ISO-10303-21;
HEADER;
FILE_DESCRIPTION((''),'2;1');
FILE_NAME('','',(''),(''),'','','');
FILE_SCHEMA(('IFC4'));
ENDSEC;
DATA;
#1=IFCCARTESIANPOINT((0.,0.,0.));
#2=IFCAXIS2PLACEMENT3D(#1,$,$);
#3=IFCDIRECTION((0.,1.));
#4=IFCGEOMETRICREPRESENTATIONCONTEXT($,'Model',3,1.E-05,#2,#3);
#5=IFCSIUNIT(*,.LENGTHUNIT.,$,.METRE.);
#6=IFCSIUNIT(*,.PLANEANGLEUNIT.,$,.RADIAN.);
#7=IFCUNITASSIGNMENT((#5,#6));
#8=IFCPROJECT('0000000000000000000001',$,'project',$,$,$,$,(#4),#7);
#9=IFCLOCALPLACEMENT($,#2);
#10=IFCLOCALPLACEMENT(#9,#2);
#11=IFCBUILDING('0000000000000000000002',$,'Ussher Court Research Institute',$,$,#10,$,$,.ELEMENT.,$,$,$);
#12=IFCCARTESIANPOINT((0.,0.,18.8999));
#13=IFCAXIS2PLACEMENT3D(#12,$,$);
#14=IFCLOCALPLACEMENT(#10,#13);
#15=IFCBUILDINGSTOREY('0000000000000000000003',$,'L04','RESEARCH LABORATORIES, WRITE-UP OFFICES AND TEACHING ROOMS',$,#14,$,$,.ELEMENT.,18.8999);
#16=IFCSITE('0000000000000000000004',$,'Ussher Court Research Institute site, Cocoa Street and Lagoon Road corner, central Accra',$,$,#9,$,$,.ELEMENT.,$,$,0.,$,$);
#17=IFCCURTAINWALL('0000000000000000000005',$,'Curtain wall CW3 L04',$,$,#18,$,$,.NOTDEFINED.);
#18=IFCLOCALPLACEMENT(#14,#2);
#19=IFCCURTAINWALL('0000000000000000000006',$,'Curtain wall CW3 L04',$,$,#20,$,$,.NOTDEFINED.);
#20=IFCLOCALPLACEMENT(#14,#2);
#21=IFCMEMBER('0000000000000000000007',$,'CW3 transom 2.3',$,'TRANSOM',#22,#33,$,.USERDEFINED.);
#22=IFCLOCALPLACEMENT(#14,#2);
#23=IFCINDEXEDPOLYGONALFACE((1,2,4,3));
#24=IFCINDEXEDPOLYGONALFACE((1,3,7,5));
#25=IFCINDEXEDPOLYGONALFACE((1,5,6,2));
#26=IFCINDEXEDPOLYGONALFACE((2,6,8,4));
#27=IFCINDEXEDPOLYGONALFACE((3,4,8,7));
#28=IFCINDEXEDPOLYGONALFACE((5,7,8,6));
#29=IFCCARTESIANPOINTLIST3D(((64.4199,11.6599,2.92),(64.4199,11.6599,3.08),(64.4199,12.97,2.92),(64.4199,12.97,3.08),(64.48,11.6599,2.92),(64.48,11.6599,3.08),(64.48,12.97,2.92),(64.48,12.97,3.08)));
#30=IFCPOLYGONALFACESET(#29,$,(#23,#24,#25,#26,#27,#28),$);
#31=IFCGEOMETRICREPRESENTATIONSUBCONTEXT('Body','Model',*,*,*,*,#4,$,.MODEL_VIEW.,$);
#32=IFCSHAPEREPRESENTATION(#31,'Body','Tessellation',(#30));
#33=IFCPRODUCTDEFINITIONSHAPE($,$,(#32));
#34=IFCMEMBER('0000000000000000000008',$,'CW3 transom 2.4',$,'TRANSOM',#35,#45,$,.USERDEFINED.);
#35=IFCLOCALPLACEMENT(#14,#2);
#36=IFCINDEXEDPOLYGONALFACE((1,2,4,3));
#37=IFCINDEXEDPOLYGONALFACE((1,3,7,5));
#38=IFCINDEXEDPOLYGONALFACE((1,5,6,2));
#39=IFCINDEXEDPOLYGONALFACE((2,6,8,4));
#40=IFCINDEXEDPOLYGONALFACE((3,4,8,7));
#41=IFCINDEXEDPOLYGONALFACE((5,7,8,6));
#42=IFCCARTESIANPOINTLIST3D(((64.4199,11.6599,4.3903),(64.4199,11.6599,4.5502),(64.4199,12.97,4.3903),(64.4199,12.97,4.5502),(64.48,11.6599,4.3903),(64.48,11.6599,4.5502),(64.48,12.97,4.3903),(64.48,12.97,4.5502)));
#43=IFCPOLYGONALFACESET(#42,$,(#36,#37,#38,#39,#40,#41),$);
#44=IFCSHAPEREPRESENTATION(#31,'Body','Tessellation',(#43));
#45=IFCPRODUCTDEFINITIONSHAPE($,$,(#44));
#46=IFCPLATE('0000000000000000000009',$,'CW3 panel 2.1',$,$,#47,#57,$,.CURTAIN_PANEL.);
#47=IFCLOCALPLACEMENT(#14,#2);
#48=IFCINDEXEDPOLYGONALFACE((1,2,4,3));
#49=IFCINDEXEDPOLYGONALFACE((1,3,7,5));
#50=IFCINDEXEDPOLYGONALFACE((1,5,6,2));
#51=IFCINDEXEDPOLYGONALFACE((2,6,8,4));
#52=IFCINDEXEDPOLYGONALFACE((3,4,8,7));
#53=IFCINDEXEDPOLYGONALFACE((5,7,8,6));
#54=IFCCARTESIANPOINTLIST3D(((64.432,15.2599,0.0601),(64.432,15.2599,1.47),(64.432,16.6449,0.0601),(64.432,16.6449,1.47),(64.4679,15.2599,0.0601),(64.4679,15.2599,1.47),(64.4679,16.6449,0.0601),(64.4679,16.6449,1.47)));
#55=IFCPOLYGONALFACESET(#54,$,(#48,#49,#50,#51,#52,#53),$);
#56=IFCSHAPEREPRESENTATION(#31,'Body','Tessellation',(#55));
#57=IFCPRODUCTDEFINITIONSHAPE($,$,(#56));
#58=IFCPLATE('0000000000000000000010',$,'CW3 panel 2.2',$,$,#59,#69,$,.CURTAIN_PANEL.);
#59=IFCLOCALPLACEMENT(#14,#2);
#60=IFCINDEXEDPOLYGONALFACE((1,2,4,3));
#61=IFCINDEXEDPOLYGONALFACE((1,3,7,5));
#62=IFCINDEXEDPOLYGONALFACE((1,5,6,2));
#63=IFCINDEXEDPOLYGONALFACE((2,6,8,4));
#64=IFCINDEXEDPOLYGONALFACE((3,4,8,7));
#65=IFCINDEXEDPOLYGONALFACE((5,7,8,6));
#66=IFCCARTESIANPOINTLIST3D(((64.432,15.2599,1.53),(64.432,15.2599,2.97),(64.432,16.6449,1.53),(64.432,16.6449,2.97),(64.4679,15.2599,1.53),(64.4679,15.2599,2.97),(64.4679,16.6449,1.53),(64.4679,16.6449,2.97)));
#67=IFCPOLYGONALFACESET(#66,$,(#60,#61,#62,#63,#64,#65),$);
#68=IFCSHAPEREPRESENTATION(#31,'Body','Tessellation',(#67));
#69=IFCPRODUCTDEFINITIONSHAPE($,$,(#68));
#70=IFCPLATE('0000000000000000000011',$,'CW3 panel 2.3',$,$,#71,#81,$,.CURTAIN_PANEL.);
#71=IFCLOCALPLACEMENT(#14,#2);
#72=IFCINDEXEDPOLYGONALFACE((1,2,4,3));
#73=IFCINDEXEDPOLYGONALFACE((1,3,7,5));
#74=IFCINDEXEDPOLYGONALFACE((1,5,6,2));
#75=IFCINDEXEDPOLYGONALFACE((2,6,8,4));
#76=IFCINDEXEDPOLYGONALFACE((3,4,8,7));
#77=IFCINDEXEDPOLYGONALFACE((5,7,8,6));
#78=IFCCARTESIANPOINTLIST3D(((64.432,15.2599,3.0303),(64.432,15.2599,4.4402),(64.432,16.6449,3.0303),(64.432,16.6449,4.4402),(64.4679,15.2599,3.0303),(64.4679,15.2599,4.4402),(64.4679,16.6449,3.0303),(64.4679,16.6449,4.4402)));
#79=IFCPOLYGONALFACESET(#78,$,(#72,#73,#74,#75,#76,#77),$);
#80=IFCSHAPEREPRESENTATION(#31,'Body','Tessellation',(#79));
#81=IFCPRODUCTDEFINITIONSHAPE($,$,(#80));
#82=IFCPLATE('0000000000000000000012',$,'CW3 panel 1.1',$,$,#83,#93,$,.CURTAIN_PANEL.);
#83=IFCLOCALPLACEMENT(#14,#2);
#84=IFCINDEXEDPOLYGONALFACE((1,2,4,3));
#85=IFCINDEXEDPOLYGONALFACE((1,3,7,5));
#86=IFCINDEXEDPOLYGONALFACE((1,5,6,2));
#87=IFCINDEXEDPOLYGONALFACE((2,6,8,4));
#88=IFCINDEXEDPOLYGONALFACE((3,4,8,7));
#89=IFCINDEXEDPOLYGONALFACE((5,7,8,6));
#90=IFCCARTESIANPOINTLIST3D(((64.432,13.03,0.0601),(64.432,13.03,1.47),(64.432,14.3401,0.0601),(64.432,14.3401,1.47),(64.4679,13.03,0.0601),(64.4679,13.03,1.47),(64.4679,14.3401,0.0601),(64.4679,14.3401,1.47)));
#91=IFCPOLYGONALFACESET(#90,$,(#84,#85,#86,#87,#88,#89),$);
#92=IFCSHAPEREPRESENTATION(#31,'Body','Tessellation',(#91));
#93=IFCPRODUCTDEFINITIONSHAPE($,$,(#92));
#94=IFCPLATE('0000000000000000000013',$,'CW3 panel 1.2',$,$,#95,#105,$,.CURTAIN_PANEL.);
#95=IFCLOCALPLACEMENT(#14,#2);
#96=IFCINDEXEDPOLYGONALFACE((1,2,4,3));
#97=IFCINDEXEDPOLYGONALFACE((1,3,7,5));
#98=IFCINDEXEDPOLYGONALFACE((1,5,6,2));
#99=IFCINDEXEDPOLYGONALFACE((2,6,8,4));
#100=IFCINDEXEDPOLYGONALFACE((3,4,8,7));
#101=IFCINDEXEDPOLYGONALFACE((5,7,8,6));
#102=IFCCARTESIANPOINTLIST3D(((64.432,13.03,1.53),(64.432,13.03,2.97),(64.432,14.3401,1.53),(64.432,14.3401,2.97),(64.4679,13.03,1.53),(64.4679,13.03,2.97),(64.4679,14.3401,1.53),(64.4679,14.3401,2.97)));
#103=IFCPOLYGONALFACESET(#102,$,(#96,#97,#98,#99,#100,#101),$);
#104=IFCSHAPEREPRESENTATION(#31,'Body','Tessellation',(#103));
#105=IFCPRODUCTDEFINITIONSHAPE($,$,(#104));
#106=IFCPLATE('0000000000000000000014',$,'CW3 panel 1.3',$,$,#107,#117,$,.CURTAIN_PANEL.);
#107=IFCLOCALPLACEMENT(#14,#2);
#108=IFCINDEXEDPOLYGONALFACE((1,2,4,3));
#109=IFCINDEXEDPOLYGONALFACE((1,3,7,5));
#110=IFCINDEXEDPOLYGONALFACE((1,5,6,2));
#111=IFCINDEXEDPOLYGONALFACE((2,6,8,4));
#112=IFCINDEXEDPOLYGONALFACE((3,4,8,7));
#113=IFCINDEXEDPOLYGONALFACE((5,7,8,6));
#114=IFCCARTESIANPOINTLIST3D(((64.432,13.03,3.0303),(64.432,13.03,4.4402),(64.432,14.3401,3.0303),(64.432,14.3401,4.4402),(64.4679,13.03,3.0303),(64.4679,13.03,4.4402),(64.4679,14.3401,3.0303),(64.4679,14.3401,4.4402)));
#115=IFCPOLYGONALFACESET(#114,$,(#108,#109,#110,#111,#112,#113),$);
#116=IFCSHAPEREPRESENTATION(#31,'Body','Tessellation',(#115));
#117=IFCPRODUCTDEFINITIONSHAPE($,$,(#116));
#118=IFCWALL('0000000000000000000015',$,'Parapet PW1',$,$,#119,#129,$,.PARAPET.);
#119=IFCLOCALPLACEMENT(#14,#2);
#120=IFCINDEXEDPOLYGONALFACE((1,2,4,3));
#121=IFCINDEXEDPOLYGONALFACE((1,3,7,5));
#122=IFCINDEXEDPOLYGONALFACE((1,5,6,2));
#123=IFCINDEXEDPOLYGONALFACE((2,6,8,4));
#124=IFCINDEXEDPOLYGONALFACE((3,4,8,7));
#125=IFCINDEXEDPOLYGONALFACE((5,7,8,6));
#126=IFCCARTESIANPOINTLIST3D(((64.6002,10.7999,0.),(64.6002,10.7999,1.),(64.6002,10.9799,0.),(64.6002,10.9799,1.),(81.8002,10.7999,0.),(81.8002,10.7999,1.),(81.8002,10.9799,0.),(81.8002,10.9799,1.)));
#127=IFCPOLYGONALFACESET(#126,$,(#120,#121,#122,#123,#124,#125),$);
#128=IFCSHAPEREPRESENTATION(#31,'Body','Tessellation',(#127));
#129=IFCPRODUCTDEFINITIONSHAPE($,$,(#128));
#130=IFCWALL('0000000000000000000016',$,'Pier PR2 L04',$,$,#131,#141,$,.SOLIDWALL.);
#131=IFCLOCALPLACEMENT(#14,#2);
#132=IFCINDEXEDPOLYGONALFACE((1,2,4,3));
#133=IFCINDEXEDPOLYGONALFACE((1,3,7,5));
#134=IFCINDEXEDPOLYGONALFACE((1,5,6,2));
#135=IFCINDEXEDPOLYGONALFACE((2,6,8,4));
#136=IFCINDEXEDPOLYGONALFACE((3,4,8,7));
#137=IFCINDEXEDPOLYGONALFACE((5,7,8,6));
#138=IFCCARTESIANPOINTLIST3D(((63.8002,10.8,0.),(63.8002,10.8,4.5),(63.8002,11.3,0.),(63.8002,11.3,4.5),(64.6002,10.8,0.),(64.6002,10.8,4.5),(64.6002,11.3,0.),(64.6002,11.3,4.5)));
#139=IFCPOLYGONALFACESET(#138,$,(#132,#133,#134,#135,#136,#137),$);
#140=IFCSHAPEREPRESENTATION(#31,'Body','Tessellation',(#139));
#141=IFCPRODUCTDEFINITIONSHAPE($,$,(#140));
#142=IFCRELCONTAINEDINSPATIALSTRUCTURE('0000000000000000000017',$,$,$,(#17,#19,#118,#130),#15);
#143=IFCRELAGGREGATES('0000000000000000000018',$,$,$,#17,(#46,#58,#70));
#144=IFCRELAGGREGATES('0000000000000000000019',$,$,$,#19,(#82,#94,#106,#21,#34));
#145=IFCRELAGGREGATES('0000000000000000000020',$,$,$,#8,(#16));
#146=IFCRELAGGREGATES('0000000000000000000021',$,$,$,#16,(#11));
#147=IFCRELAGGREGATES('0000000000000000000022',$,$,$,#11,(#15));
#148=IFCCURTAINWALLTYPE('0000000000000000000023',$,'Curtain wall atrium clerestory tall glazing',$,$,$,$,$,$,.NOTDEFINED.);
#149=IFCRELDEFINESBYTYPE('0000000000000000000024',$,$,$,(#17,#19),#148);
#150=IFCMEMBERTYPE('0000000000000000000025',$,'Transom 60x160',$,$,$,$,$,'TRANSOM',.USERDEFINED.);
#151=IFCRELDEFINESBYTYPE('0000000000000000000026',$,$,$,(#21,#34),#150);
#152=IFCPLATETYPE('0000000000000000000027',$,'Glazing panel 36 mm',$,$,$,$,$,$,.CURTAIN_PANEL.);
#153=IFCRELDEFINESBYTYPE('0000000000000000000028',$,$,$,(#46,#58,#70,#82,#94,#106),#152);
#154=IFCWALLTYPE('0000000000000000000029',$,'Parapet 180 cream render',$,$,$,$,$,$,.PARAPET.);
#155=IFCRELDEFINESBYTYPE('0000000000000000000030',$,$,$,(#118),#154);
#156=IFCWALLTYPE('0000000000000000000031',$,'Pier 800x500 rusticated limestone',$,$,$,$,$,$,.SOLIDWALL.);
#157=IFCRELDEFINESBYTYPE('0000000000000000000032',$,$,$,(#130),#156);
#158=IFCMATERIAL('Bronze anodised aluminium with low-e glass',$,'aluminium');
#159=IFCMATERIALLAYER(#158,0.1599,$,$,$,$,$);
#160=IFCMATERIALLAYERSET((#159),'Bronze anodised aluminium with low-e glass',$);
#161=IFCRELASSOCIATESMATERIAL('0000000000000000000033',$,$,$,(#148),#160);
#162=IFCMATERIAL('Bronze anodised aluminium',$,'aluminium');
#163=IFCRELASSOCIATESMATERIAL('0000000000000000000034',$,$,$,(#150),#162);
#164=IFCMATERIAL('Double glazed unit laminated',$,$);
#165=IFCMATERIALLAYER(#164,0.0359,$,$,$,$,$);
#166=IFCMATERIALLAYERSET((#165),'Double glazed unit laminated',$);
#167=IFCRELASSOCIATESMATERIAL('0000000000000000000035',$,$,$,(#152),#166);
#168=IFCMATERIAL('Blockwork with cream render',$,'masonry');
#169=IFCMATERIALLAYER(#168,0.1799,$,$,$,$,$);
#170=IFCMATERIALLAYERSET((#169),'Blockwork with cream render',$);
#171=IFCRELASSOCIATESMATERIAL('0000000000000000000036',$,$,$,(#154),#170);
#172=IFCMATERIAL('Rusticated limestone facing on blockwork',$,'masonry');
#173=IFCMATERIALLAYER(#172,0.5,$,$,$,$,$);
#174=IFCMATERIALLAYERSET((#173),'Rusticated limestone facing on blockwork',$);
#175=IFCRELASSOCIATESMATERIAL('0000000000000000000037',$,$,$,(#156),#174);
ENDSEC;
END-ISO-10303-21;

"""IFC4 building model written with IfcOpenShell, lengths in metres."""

from ifc_helpers import new_model, si_unit, direction, frame, frame_2d, origin, origin_2d, place, context, subcontext, project, spatial, rectangle, extrude, material, layer, layer_set, material_profile, profile_set, type_object, element, aggregate, save


model = new_model("IFC4")

# Units and contexts
model_context = context("Model", 3, precision=1e-05, world=origin(), true_north=direction((0.0, 1.0)))
body_context = subcontext(model_context, "Body", "Model", "MODEL_VIEW")
ifc_project = project(units=[si_unit("LENGTHUNIT", "METRE"), si_unit("PLANEANGLEUNIT", "RADIAN")], contexts=[model_context])

# Site, building, storey
site_placement = place(None, origin())
site = spatial("IfcSite", under=ifc_project, at=site_placement, Name="Ussher Court Research Institute site, Cocoa Street and Lagoon Road corner, central Accra", CompositionType="ELEMENT", RefElevation=0.0)
building_placement = place(site_placement, origin())
building = spatial("IfcBuilding", under=site, at=building_placement, Name="Ussher Court Research Institute", CompositionType="ELEMENT")
storey_placement = place(building_placement, frame((0.0, 0.0, 18.8999)))
storey = spatial("IfcBuildingStorey", under=building, at=storey_placement, Name="L04", Description="RESEARCH LABORATORIES, WRITE-UP OFFICES AND TEACHING ROOMS", CompositionType="ELEMENT", Elevation=18.8999)

# Curtain wall
ifc_material_1 = material(Name="Bronze anodised aluminium with low-e glass", Category="aluminium")
ifc_layer_1 = layer(ifc_material_1, 0.1599)
ifc_layer_set_1 = layer_set([ifc_layer_1], Name="Bronze anodised aluminium with low-e glass")
curtain_wall_type = type_object("IfcCurtainWallType", Name="Curtain wall atrium clerestory tall glazing", PredefinedType="NOTDEFINED", material=ifc_layer_set_1)
curtain_wall_1_placement = place(storey_placement, origin())
curtain_wall_1 = element("IfcCurtainWall", 1, at=curtain_wall_1_placement, inside=storey, type_object=curtain_wall_type, Name="Curtain wall CW3 L04", PredefinedType="NOTDEFINED")

# Curtain wall
curtain_wall_2_placement = place(storey_placement, origin())
curtain_wall_2 = element("IfcCurtainWall", 2, at=curtain_wall_2_placement, inside=storey, type_object=curtain_wall_type, Name="Curtain wall CW3 L04", PredefinedType="NOTDEFINED")

# Members
ifc_material_2 = material(Name="Bronze anodised aluminium", Category="aluminium")
ifc_material_profile_1 = material_profile(ifc_material_2, rectangle(XDim=0.0601, YDim=0.1599, at=origin_2d()), Name="Transom 60x160")
ifc_profile_set_1 = profile_set([ifc_material_profile_1], Name="Bronze anodised aluminium")
member_type_1 = type_object("IfcMemberType", Name="Transom 60x160", ElementType="TRANSOM", PredefinedType="USERDEFINED", material=ifc_profile_set_1)
member_1_placement = place(storey_placement, frame((64.45, 12.97, 3.0), z_axis=(0.0, -1.0, 0.0), x_axis=(1.0, 0.0, 0.0)))
member_1 = element("IfcMember", 3, at=member_1_placement, type_object=member_type_1, Name="CW3 transom 2.3", ObjectType="TRANSOM", PredefinedType="USERDEFINED", context=body_context, shape_type="SweptSolid", body=[
    extrude(rectangle(XDim=0.0601, YDim=0.1599, at=origin_2d()), origin(), (0.0, 0.0, 1.0), 1.3101),
])
member_2_placement = place(storey_placement, frame((64.45, 12.97, 4.4702), z_axis=(0.0, -1.0, 0.0), x_axis=(1.0, 0.0, 0.0)))
member_2 = element("IfcMember", 4, at=member_2_placement, type_object=member_type_1, Name="CW3 transom 2.4", ObjectType="TRANSOM", PredefinedType="USERDEFINED", context=body_context, shape_type="SweptSolid", body=[
    extrude(rectangle(XDim=0.0601, YDim=0.1599, at=origin_2d()), origin(), (0.0, 0.0, 1.0), 1.3101),
])

# Plates
ifc_material_3 = material(Name="Double glazed unit laminated")
ifc_layer_2 = layer(ifc_material_3, 0.0359)
ifc_layer_set_2 = layer_set([ifc_layer_2], Name="Double glazed unit laminated")
plate_type = type_object("IfcPlateType", Name="Glazing panel 36 mm", PredefinedType="CURTAIN_PANEL", material=ifc_layer_set_2)
plate_1_placement = place(storey_placement, frame((64.45, 15.9524, 0.0601), z_axis=(0.0, 0.0, 1.0), x_axis=(0.0, -1.0, 0.0)))
plate_1 = element("IfcPlate", 5, at=plate_1_placement, type_object=plate_type, Name="CW3 panel 2.1", PredefinedType="CURTAIN_PANEL", context=body_context, shape_type="SweptSolid", body=[
    extrude(rectangle(XDim=1.385, YDim=0.0359, at=origin_2d()), origin(), (0.0, 0.0, 1.0), 1.4099),
])
plate_2_placement = place(storey_placement, frame((64.45, 15.9524, 1.53), z_axis=(0.0, 0.0, 1.0), x_axis=(0.0, -1.0, 0.0)))
plate_2 = element("IfcPlate", 6, at=plate_2_placement, type_object=plate_type, Name="CW3 panel 2.2", PredefinedType="CURTAIN_PANEL", context=body_context, shape_type="SweptSolid", body=[
    extrude(rectangle(XDim=1.385, YDim=0.0359, at=origin_2d()), origin(), (0.0, 0.0, 1.0), 1.4399),
])
plate_3_placement = place(storey_placement, frame((64.45, 15.9524, 3.0303), z_axis=(0.0, 0.0, 1.0), x_axis=(0.0, -1.0, 0.0)))
plate_3 = element("IfcPlate", 7, at=plate_3_placement, type_object=plate_type, Name="CW3 panel 2.3", PredefinedType="CURTAIN_PANEL", context=body_context, shape_type="SweptSolid", body=[
    extrude(rectangle(XDim=1.385, YDim=0.0359, at=origin_2d()), origin(), (0.0, 0.0, 1.0), 1.4099),
])
aggregate(curtain_wall_1, [plate_1, plate_2, plate_3])
plate_4_placement = place(storey_placement, frame((64.45, 13.6851, 0.0601), z_axis=(0.0, 0.0, 1.0), x_axis=(0.0, -1.0, 0.0)))
plate_4 = element("IfcPlate", 8, at=plate_4_placement, type_object=plate_type, Name="CW3 panel 1.1", PredefinedType="CURTAIN_PANEL", context=body_context, shape_type="SweptSolid", body=[
    extrude(rectangle(XDim=1.3101, YDim=0.0359, at=origin_2d()), origin(), (0.0, 0.0, 1.0), 1.4099),
])
plate_5_placement = place(storey_placement, frame((64.45, 13.6851, 1.53), z_axis=(0.0, 0.0, 1.0), x_axis=(0.0, -1.0, 0.0)))
plate_5 = element("IfcPlate", 9, at=plate_5_placement, type_object=plate_type, Name="CW3 panel 1.2", PredefinedType="CURTAIN_PANEL", context=body_context, shape_type="SweptSolid", body=[
    extrude(rectangle(XDim=1.3101, YDim=0.0359, at=origin_2d()), origin(), (0.0, 0.0, 1.0), 1.4399),
])
plate_6_placement = place(storey_placement, frame((64.45, 13.6851, 3.0303), z_axis=(0.0, 0.0, 1.0), x_axis=(0.0, -1.0, 0.0)))
plate_6 = element("IfcPlate", 10, at=plate_6_placement, type_object=plate_type, Name="CW3 panel 1.3", PredefinedType="CURTAIN_PANEL", context=body_context, shape_type="SweptSolid", body=[
    extrude(rectangle(XDim=1.3101, YDim=0.0359, at=origin_2d()), origin(), (0.0, 0.0, 1.0), 1.4099),
])
aggregate(curtain_wall_2, [plate_4, plate_5, plate_6, member_1, member_2])

# Walls
ifc_material_4 = material(Name="Blockwork with cream render", Category="masonry")
ifc_layer_3 = layer(ifc_material_4, 0.1799)
ifc_layer_set_3 = layer_set([ifc_layer_3], Name="Blockwork with cream render")
wall_type_1 = type_object("IfcWallType", Name="Parapet 180 cream render", PredefinedType="PARAPET", material=ifc_layer_set_3)
wall_1_placement = place(storey_placement, frame((64.6001, 10.8899, 0.0), z_axis=(0.0, 0.0, 1.0), x_axis=(1.0, 0.0, 0.0)))
element("IfcWall", 11, at=wall_1_placement, inside=storey, type_object=wall_type_1, Name="Parapet PW1", PredefinedType="PARAPET", context=body_context, shape_type="SweptSolid", body=[
    extrude(rectangle(XDim=17.2, YDim=0.1799, at=frame_2d((8.6001, 0.0))), origin(), (0.0, 0.0, 1.0), 1.0),
])
ifc_material_5 = material(Name="Rusticated limestone facing on blockwork", Category="masonry")
ifc_layer_4 = layer(ifc_material_5, 0.5)
ifc_layer_set_4 = layer_set([ifc_layer_4], Name="Rusticated limestone facing on blockwork")
wall_type_2 = type_object("IfcWallType", Name="Pier 800x500 rusticated limestone", PredefinedType="SOLIDWALL", material=ifc_layer_set_4)
wall_2_placement = place(storey_placement, frame((64.6001, 11.05, 0.0), z_axis=(0.0, 0.0, 1.0), x_axis=(-1.0, 0.0, 0.0)))
element("IfcWall", 12, at=wall_2_placement, inside=storey, type_object=wall_type_2, Name="Pier PR2 L04", PredefinedType="SOLIDWALL", context=body_context, shape_type="SweptSolid", body=[
    extrude(rectangle(XDim=0.8, YDim=0.5, at=frame_2d((0.3999, 0.0))), origin(), (0.0, 0.0, 1.0), 4.5),
])

save(model, "model.ifc")
